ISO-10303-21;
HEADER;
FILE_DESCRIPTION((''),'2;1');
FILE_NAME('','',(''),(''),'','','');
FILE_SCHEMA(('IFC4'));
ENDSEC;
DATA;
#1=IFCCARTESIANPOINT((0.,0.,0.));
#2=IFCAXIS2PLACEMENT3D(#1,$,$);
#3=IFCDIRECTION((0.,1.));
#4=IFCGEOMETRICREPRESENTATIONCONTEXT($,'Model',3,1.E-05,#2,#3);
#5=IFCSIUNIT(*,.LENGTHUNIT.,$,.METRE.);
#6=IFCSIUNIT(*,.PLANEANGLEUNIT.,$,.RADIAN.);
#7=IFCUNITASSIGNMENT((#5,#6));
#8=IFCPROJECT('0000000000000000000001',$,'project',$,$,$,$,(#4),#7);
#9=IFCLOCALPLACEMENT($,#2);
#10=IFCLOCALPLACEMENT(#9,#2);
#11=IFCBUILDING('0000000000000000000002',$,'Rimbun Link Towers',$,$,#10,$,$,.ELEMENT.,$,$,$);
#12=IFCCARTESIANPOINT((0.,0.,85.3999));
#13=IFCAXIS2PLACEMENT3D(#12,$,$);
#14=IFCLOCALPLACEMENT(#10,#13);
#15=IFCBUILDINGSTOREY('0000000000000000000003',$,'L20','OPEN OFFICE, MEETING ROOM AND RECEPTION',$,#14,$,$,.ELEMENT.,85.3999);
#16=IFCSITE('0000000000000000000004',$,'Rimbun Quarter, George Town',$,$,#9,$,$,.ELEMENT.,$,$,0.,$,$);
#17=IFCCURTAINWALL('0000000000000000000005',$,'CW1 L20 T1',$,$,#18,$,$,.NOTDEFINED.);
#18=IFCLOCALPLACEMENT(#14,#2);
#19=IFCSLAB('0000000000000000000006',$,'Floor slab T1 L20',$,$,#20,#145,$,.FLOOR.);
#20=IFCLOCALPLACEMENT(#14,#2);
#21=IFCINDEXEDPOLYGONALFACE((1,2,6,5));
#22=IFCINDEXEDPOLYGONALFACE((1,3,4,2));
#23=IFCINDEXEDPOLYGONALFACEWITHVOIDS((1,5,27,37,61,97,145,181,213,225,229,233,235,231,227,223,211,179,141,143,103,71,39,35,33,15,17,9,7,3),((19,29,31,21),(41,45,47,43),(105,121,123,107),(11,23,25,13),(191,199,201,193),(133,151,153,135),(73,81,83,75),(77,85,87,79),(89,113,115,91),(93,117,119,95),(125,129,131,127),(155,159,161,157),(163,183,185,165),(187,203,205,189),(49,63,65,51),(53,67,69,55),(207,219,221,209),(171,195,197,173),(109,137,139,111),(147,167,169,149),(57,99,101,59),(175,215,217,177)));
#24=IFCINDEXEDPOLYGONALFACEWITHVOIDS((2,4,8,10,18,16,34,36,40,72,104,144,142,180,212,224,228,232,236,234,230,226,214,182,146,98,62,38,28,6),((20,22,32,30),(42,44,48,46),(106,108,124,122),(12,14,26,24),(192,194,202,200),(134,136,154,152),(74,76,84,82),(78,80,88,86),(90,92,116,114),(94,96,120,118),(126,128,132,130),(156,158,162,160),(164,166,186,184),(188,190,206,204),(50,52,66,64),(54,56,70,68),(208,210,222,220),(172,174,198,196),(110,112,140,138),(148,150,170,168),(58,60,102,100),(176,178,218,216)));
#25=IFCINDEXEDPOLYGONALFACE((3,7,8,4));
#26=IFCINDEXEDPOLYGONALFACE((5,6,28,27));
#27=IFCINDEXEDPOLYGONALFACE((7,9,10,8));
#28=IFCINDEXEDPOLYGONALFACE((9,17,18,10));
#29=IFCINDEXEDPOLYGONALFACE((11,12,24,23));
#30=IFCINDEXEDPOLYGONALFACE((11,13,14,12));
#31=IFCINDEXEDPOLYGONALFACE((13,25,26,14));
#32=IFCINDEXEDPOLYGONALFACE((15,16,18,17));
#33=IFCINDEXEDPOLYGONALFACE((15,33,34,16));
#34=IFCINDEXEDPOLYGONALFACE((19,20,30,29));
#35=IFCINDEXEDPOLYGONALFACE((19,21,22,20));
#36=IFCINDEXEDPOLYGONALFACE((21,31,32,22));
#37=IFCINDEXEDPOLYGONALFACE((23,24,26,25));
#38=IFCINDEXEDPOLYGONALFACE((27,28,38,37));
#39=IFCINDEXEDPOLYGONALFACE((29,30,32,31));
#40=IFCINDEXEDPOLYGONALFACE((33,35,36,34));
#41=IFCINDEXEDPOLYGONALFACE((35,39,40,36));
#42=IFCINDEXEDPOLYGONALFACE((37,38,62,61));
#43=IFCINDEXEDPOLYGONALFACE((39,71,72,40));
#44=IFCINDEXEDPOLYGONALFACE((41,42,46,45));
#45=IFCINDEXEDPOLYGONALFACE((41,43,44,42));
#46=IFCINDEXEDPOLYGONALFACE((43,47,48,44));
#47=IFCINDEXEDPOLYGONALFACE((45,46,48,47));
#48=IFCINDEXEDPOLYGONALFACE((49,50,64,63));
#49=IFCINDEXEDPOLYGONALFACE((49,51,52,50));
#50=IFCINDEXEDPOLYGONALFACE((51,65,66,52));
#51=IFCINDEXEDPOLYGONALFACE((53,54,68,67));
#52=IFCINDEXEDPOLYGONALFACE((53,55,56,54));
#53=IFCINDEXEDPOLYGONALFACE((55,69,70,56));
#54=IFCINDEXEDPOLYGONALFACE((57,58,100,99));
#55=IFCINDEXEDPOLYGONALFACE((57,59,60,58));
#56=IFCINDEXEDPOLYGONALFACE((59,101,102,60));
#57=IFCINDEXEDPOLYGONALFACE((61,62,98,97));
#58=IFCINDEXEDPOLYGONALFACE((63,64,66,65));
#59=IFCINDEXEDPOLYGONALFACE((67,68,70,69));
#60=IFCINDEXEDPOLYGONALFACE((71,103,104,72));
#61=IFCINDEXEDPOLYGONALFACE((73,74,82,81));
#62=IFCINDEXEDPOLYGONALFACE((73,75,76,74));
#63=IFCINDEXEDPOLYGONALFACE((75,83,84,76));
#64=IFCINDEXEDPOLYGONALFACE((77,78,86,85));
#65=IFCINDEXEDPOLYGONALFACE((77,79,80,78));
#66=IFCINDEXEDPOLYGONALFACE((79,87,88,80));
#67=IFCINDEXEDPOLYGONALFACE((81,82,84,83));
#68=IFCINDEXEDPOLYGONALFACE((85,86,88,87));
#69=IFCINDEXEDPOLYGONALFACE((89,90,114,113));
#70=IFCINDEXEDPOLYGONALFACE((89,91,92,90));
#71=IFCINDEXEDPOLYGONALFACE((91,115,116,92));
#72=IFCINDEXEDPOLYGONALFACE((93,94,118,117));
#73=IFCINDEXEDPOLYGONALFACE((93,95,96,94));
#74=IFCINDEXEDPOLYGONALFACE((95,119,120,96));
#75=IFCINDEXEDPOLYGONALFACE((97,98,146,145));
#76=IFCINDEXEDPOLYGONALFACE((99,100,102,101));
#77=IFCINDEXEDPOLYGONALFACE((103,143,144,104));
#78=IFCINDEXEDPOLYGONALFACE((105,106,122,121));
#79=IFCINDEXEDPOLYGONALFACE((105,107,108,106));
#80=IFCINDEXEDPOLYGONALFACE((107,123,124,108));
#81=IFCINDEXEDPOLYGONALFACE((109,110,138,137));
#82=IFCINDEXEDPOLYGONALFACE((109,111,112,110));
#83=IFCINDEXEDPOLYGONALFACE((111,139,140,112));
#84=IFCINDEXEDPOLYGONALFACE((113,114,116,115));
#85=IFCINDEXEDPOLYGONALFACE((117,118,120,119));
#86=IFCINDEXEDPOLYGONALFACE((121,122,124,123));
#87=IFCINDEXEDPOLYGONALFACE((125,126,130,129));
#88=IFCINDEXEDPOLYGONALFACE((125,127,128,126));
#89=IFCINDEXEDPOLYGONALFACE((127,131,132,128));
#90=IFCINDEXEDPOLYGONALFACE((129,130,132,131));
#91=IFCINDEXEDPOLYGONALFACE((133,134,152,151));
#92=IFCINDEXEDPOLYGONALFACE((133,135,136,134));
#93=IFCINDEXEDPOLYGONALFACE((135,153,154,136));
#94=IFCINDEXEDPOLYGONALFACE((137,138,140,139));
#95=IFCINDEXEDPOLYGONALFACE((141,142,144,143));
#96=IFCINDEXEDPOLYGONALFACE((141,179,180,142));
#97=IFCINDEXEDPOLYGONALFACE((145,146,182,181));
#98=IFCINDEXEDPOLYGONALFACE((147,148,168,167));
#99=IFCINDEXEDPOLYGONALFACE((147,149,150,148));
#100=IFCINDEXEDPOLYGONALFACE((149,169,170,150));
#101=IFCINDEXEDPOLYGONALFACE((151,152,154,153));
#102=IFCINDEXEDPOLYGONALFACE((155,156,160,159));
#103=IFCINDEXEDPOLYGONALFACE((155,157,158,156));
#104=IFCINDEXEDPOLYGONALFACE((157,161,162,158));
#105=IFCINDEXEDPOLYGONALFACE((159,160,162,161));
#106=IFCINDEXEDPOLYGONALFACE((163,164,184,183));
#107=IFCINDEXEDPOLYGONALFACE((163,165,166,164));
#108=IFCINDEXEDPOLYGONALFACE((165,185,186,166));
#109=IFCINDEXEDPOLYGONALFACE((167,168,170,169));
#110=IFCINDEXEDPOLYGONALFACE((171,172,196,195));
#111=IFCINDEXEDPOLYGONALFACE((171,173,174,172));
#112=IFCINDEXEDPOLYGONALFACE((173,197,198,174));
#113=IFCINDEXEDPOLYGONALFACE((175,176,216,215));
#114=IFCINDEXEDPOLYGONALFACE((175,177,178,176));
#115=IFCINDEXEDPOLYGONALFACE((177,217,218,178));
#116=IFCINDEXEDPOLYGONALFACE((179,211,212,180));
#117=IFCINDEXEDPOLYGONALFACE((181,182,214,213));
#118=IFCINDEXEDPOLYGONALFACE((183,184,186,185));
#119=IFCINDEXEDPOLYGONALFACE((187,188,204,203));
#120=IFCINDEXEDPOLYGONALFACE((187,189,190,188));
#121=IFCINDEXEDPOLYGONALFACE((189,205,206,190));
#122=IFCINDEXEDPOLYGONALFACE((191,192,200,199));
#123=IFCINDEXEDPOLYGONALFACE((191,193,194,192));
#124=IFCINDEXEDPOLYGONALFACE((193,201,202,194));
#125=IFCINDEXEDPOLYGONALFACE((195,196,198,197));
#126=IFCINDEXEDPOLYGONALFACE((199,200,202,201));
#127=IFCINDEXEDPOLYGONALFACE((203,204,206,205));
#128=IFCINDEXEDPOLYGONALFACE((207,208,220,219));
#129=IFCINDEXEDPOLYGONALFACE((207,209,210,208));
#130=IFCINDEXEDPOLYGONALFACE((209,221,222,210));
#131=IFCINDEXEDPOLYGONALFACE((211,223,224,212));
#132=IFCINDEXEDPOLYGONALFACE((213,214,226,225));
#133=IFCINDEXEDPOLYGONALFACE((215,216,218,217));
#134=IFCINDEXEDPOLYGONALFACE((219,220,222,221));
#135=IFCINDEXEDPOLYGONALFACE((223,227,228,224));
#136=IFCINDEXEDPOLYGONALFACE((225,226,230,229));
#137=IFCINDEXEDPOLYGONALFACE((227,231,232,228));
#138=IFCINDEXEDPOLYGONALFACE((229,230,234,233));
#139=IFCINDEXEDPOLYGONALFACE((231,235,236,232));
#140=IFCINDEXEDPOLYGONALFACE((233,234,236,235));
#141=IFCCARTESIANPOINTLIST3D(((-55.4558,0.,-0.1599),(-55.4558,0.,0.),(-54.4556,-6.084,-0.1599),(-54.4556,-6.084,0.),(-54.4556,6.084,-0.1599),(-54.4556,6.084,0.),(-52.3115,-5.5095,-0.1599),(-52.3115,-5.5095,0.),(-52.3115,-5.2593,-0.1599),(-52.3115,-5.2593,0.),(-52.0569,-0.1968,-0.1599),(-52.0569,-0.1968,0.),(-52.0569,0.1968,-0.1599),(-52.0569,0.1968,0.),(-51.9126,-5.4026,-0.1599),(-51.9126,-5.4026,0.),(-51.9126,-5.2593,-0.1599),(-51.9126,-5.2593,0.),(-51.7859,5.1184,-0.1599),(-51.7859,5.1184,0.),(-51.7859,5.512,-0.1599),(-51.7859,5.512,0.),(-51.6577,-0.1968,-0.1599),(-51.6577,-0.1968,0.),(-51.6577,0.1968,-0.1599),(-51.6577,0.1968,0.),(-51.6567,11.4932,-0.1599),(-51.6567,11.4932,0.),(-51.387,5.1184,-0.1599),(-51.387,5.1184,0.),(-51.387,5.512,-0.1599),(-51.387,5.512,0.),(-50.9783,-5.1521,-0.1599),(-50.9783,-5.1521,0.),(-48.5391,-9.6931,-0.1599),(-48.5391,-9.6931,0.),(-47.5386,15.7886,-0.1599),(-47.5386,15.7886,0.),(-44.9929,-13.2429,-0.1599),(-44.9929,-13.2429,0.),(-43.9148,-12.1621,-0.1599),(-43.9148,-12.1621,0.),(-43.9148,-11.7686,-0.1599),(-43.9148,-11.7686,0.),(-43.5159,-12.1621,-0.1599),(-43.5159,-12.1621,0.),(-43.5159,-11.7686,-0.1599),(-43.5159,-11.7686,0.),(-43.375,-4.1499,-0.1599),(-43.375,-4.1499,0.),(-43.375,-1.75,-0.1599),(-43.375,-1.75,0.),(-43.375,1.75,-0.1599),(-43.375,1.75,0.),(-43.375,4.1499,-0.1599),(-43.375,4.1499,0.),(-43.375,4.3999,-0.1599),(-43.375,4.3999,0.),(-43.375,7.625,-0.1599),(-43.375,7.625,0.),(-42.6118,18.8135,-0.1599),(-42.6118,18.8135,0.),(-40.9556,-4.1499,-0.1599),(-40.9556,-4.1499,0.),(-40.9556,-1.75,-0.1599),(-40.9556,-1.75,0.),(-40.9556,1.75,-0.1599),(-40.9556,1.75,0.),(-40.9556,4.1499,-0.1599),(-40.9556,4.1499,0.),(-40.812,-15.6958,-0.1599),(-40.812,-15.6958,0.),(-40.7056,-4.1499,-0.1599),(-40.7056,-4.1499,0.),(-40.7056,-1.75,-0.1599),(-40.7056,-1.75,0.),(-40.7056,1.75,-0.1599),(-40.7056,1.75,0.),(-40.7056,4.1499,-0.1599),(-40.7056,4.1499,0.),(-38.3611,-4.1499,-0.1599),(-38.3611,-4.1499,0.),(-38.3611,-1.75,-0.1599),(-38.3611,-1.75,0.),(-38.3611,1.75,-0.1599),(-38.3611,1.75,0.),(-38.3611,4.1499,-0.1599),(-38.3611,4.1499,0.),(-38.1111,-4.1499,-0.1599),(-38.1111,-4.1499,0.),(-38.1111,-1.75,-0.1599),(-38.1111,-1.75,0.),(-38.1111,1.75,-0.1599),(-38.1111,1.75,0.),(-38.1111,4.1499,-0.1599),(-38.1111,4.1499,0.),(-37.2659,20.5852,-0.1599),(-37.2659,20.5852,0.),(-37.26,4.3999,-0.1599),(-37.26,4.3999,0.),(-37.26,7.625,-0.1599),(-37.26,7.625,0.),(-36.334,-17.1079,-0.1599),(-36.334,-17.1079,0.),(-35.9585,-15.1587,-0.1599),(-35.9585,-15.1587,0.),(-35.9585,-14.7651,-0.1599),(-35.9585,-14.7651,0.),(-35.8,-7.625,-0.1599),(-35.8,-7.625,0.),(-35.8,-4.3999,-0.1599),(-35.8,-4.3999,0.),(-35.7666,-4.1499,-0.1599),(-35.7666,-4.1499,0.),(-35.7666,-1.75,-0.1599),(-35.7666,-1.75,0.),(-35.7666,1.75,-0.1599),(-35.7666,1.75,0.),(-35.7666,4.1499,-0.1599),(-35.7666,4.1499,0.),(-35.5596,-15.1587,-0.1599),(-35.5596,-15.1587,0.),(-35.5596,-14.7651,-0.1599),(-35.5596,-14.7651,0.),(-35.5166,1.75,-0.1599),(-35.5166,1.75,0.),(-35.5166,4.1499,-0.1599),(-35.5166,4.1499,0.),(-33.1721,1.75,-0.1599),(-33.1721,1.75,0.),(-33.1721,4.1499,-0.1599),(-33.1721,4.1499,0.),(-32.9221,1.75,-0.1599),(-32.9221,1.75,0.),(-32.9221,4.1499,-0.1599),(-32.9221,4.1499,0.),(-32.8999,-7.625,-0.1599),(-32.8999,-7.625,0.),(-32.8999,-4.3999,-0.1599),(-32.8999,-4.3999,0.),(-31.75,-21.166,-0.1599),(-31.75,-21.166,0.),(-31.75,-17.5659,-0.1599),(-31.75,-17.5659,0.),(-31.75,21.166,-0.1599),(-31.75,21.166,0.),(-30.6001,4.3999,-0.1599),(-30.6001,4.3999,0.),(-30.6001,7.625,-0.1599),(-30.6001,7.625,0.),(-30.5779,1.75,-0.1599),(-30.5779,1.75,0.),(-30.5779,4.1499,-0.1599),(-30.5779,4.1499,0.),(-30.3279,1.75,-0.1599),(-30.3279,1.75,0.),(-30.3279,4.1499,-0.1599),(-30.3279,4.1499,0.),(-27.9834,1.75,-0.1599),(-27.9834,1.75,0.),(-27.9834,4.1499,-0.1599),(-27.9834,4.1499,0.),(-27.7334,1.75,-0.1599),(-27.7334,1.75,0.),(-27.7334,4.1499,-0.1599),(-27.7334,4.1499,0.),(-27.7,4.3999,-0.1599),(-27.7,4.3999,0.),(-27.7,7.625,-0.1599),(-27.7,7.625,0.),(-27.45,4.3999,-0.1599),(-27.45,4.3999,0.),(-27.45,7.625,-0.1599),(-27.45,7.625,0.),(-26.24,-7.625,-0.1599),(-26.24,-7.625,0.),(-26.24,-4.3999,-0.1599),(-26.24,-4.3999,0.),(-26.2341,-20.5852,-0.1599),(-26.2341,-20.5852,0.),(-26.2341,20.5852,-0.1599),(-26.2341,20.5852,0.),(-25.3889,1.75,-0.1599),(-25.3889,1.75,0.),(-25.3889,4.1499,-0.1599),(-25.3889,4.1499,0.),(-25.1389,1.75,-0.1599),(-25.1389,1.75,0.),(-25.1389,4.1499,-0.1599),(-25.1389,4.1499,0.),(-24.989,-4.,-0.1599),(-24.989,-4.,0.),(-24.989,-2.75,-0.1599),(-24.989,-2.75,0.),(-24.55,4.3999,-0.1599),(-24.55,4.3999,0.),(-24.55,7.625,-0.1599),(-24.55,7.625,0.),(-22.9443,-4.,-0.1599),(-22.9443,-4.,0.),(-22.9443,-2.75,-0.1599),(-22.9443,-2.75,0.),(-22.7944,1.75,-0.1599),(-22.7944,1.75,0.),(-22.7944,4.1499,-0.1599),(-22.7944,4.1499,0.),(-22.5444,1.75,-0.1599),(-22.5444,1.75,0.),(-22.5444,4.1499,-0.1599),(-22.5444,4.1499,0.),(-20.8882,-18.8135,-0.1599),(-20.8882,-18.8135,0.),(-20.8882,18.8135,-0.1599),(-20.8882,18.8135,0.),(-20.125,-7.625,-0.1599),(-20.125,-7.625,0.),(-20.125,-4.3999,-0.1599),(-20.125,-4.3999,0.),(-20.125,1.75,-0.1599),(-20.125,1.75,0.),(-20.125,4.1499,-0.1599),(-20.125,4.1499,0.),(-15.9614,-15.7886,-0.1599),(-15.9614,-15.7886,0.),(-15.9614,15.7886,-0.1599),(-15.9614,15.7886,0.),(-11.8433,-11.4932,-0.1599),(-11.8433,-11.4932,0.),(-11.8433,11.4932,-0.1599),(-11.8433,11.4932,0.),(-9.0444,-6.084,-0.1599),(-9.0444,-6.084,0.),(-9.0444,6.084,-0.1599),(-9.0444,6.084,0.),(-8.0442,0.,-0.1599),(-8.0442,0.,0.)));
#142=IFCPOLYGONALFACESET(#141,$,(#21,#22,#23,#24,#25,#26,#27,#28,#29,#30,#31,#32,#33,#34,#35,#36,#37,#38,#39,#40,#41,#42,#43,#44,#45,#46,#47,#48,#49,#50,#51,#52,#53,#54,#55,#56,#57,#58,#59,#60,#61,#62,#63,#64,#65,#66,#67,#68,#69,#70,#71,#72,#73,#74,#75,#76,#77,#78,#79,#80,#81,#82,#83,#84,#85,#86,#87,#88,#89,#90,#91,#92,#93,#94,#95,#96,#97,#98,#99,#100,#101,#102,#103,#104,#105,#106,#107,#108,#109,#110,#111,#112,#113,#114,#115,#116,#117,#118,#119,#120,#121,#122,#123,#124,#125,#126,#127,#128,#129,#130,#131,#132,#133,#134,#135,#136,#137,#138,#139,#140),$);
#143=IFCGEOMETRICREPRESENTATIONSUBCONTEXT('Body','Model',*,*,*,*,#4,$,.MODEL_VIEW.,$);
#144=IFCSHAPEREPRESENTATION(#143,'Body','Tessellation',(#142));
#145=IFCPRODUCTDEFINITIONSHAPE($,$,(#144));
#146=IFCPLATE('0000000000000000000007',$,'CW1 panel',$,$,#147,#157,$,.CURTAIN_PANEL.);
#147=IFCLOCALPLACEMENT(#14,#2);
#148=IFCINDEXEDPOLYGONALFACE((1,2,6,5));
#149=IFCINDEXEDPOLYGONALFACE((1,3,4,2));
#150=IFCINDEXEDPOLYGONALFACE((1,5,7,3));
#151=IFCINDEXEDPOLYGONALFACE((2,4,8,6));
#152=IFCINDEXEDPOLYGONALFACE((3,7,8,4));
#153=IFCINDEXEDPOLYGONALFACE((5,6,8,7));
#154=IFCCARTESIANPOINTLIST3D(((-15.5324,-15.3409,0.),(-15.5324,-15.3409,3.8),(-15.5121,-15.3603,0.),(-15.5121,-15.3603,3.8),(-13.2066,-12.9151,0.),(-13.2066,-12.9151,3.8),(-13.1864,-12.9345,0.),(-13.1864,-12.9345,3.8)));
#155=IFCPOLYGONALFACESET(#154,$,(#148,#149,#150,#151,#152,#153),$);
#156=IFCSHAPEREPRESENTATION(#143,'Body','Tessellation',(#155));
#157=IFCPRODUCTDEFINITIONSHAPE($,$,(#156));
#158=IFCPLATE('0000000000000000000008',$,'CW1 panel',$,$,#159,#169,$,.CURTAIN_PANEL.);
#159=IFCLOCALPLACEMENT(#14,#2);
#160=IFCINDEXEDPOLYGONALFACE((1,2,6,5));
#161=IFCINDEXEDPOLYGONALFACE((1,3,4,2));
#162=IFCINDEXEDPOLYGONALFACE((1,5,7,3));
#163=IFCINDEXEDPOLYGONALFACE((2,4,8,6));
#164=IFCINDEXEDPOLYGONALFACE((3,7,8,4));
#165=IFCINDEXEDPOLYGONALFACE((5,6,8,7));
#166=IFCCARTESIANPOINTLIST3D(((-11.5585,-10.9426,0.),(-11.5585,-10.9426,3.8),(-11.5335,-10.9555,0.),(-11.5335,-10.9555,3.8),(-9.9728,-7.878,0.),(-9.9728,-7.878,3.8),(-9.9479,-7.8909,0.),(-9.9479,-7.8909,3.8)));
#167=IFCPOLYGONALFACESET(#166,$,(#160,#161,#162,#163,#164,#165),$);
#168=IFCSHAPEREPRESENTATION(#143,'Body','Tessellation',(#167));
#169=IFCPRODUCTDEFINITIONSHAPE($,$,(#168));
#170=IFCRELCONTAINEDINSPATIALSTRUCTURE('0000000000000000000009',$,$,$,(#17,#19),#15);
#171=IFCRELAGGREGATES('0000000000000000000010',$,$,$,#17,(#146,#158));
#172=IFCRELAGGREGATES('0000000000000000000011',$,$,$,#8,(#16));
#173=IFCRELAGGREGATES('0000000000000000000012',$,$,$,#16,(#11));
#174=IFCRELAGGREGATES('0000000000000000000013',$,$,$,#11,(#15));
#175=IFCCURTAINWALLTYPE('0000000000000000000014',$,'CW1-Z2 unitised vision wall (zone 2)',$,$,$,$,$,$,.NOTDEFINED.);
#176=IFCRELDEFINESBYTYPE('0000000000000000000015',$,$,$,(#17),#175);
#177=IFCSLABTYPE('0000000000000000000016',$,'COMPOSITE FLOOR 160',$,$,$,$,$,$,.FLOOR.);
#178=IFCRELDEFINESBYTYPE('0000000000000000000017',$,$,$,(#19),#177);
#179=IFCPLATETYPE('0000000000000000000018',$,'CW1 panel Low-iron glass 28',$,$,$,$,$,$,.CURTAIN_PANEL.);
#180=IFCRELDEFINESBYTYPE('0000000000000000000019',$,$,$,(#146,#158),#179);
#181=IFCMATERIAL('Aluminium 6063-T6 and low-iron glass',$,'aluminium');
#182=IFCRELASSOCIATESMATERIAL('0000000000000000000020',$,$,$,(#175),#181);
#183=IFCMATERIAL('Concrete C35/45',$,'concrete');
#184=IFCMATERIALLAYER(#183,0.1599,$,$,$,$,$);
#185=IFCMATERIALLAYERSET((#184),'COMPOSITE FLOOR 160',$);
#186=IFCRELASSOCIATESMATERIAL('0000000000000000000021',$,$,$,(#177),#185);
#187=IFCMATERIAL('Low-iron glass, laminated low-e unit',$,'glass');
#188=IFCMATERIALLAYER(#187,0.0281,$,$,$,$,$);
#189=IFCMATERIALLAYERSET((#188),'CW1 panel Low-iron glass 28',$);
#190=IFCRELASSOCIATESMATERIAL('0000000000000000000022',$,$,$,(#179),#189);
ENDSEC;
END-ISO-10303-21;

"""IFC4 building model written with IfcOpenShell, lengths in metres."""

from ifc_helpers import new_model, si_unit, direction, frame, origin, origin_2d, place, context, subcontext, project, spatial, polyline, rectangle, outline, extrude, material, layer, layer_set, type_object, element, aggregate, save


model = new_model("IFC4")

# Units and contexts
model_context = context("Model", 3, precision=1e-05, world=origin(), true_north=direction((0.0, 1.0)))
body_context = subcontext(model_context, "Body", "Model", "MODEL_VIEW")
ifc_project = project(units=[si_unit("LENGTHUNIT", "METRE"), si_unit("PLANEANGLEUNIT", "RADIAN")], contexts=[model_context])

# Site, building, storey
site_placement = place(None, origin())
site = spatial("IfcSite", under=ifc_project, at=site_placement, Name="Rimbun Quarter, George Town", CompositionType="ELEMENT", RefElevation=0.0)
building_placement = place(site_placement, origin())
building = spatial("IfcBuilding", under=site, at=building_placement, Name="Rimbun Link Towers", CompositionType="ELEMENT")
storey_placement = place(building_placement, frame((0.0, 0.0, 85.3999)))
storey = spatial("IfcBuildingStorey", under=building, at=storey_placement, Name="L20", Description="OPEN OFFICE, MEETING ROOM AND RECEPTION", CompositionType="ELEMENT", Elevation=85.3999)

# Curtain wall
ifc_material_1 = material(Name="Aluminium 6063-T6 and low-iron glass", Category="aluminium")
curtain_wall_type = type_object("IfcCurtainWallType", Name="CW1-Z2 unitised vision wall (zone 2)", PredefinedType="NOTDEFINED", material=ifc_material_1)
curtain_wall_placement = place(storey_placement, origin())
curtain_wall = element("IfcCurtainWall", 1, at=curtain_wall_placement, inside=storey, type_object=curtain_wall_type, Name="CW1 L20 T1", PredefinedType="NOTDEFINED")

# Slab
ifc_material_2 = material(Name="Concrete C35/45", Category="concrete")
ifc_layer_1 = layer(ifc_material_2, 0.1599)
ifc_layer_set_1 = layer_set([ifc_layer_1], Name="COMPOSITE FLOOR 160")
slab_type = type_object("IfcSlabType", Name="COMPOSITE FLOOR 160", PredefinedType="FLOOR", material=ifc_layer_set_1)
slab_placement = place(storey_placement, frame((0.0, 0.0, -0.1599)))
element("IfcSlab", 2, at=slab_placement, inside=storey, type_object=slab_type, Name="Floor slab T1 L20", PredefinedType="FLOOR", context=body_context, shape_type="SweptSolid", body=[
    extrude(outline(polyline([(-54.4556, -6.084), (-55.4558, 0.0), (-54.4556, 6.084), (-51.6567, 11.4932), (-47.5386, 15.7886), (-42.6118, 18.8135), (-37.2659, 20.5852), (-31.75, 21.166), (-26.2341, 20.5852), (-20.8882, 18.8135), (-15.9614, 15.7886), (-11.8433, 11.4932), (-9.0444, 6.084), (-8.0442, 0.0), (-9.0444, -6.084), (-11.8433, -11.4932), (-15.9614, -15.7886), (-20.8882, -18.8135), (-26.2341, -20.5852), (-31.75, -21.166), (-31.75, -17.5659), (-36.334, -17.1079), (-40.812, -15.6958), (-44.9929, -13.2429), (-48.5391, -9.6931), (-50.9783, -5.1521), (-51.9126, -5.4026), (-51.9126, -5.2593), (-52.3115, -5.2593), (-52.3115, -5.5095), (-54.4556, -6.084)]), holes=[polyline([(-35.5596, -15.1587), (-35.5596, -14.7651), (-35.9585, -14.7651), (-35.9585, -15.1587), (-35.5596, -15.1587)]), polyline([(-43.5159, -12.1621), (-43.5159, -11.7686), (-43.9148, -11.7686), (-43.9148, -12.1621), (-43.5159, -12.1621)]), polyline([(-43.375, -4.1499), (-40.9556, -4.1499), (-40.9556, -1.75), (-43.375, -1.75), (-43.375, -4.1499)]), polyline([(-40.7056, -4.1499), (-38.3611, -4.1499), (-38.3611, -1.75), (-40.7056, -1.75), (-40.7056, -4.1499)]), polyline([(-35.7666, -4.1499), (-35.7666, -1.75), (-38.1111, -1.75), (-38.1111, -4.1499), (-35.7666, -4.1499)]), polyline([(-52.0569, -0.1968), (-51.6577, -0.1968), (-51.6577, 0.1968), (-52.0569, 0.1968), (-52.0569, -0.1968)]), polyline([(-43.375, 1.75), (-40.9556, 1.75), (-40.9556, 4.1499), (-43.375, 4.1499), (-43.375, 1.75)]), polyline([(-38.3611, 1.75), (-38.3611, 4.1499), (-40.7056, 4.1499), (-40.7056, 1.75), (-38.3611, 1.75)]), polyline([(-38.1111, 1.75), (-35.7666, 1.75), (-35.7666, 4.1499), (-38.1111, 4.1499), (-38.1111, 1.75)]), polyline([(-51.7859, 5.1184), (-51.387, 5.1184), (-51.387, 5.512), (-51.7859, 5.512), (-51.7859, 5.1184)]), polyline([(-37.26, 4.3999), (-37.26, 7.625), (-43.375, 7.625), (-43.375, 4.3999), (-37.26, 4.3999)]), polyline([(-35.8, -7.625), (-32.8999, -7.625), (-32.8999, -4.3999), (-35.8, -4.3999), (-35.8, -7.625)]), polyline([(-26.24, -7.625), (-20.125, -7.625), (-20.125, -4.3999), (-26.24, -4.3999), (-26.24, -7.625)]), polyline([(-24.989, -4.0), (-22.9443, -4.0), (-22.9443, -2.75), (-24.989, -2.75), (-24.989, -4.0)]), polyline([(-35.5166, 1.75), (-33.1721, 1.75), (-33.1721, 4.1499), (-35.5166, 4.1499), (-35.5166, 1.75)]), polyline([(-32.9221, 1.75), (-30.5779, 1.75), (-30.5779, 4.1499), (-32.9221, 4.1499), (-32.9221, 1.75)]), polyline([(-27.9834, 1.75), (-27.9834, 4.1499), (-30.3279, 4.1499), (-30.3279, 1.75), (-27.9834, 1.75)]), polyline([(-27.7334, 1.75), (-25.3889, 1.75), (-25.3889, 4.1499), (-27.7334, 4.1499), (-27.7334, 1.75)]), polyline([(-25.1389, 1.75), (-22.7944, 1.75), (-22.7944, 4.1499), (-25.1389, 4.1499), (-25.1389, 1.75)]), polyline([(-20.125, 1.75), (-20.125, 4.1499), (-22.5444, 4.1499), (-22.5444, 1.75), (-20.125, 1.75)]), polyline([(-30.6001, 4.3999), (-27.7, 4.3999), (-27.7, 7.625), (-30.6001, 7.625), (-30.6001, 4.3999)]), polyline([(-27.45, 4.3999), (-24.55, 4.3999), (-24.55, 7.625), (-27.45, 7.625), (-27.45, 4.3999)])]), origin(), (0.0, 0.0, 1.0), 0.1599),
])

# Plates
ifc_material_3 = material(Name="Low-iron glass, laminated low-e unit", Category="glass")
ifc_layer_2 = layer(ifc_material_3, 0.0281)
ifc_layer_set_2 = layer_set([ifc_layer_2], Name="CW1 panel Low-iron glass 28")
plate_type = type_object("IfcPlateType", Name="CW1 panel Low-iron glass 28", PredefinedType="CURTAIN_PANEL", material=ifc_layer_set_2)
plate_1_placement = place(storey_placement, frame((-14.3594, -14.1377, 0.0), z_axis=(0.0, 0.0, 1.0), x_axis=(-0.692061, -0.721839, 0.0)))
plate_1 = element("IfcPlate", 3, at=plate_1_placement, type_object=plate_type, Name="CW1 panel", PredefinedType="CURTAIN_PANEL", context=body_context, shape_type="SweptSolid", body=[
    extrude(rectangle(XDim=3.3606, YDim=0.0281, at=origin_2d()), origin(), (0.0, 0.0, 1.0), 3.8),
])
plate_2_placement = place(storey_placement, frame((-10.7532, -9.4167, 0.0), z_axis=(0.0, 0.0, 1.0), x_axis=(-0.459544, -0.888155, 0.0)))
plate_2 = element("IfcPlate", 4, at=plate_2_placement, type_object=plate_type, Name="CW1 panel", PredefinedType="CURTAIN_PANEL", context=body_context, shape_type="SweptSolid", body=[
    extrude(rectangle(XDim=3.4504, YDim=0.0281, at=origin_2d()), origin(), (0.0, 0.0, 1.0), 3.8),
])
aggregate(curtain_wall, [plate_1, plate_2])

save(model, "model.ifc")
